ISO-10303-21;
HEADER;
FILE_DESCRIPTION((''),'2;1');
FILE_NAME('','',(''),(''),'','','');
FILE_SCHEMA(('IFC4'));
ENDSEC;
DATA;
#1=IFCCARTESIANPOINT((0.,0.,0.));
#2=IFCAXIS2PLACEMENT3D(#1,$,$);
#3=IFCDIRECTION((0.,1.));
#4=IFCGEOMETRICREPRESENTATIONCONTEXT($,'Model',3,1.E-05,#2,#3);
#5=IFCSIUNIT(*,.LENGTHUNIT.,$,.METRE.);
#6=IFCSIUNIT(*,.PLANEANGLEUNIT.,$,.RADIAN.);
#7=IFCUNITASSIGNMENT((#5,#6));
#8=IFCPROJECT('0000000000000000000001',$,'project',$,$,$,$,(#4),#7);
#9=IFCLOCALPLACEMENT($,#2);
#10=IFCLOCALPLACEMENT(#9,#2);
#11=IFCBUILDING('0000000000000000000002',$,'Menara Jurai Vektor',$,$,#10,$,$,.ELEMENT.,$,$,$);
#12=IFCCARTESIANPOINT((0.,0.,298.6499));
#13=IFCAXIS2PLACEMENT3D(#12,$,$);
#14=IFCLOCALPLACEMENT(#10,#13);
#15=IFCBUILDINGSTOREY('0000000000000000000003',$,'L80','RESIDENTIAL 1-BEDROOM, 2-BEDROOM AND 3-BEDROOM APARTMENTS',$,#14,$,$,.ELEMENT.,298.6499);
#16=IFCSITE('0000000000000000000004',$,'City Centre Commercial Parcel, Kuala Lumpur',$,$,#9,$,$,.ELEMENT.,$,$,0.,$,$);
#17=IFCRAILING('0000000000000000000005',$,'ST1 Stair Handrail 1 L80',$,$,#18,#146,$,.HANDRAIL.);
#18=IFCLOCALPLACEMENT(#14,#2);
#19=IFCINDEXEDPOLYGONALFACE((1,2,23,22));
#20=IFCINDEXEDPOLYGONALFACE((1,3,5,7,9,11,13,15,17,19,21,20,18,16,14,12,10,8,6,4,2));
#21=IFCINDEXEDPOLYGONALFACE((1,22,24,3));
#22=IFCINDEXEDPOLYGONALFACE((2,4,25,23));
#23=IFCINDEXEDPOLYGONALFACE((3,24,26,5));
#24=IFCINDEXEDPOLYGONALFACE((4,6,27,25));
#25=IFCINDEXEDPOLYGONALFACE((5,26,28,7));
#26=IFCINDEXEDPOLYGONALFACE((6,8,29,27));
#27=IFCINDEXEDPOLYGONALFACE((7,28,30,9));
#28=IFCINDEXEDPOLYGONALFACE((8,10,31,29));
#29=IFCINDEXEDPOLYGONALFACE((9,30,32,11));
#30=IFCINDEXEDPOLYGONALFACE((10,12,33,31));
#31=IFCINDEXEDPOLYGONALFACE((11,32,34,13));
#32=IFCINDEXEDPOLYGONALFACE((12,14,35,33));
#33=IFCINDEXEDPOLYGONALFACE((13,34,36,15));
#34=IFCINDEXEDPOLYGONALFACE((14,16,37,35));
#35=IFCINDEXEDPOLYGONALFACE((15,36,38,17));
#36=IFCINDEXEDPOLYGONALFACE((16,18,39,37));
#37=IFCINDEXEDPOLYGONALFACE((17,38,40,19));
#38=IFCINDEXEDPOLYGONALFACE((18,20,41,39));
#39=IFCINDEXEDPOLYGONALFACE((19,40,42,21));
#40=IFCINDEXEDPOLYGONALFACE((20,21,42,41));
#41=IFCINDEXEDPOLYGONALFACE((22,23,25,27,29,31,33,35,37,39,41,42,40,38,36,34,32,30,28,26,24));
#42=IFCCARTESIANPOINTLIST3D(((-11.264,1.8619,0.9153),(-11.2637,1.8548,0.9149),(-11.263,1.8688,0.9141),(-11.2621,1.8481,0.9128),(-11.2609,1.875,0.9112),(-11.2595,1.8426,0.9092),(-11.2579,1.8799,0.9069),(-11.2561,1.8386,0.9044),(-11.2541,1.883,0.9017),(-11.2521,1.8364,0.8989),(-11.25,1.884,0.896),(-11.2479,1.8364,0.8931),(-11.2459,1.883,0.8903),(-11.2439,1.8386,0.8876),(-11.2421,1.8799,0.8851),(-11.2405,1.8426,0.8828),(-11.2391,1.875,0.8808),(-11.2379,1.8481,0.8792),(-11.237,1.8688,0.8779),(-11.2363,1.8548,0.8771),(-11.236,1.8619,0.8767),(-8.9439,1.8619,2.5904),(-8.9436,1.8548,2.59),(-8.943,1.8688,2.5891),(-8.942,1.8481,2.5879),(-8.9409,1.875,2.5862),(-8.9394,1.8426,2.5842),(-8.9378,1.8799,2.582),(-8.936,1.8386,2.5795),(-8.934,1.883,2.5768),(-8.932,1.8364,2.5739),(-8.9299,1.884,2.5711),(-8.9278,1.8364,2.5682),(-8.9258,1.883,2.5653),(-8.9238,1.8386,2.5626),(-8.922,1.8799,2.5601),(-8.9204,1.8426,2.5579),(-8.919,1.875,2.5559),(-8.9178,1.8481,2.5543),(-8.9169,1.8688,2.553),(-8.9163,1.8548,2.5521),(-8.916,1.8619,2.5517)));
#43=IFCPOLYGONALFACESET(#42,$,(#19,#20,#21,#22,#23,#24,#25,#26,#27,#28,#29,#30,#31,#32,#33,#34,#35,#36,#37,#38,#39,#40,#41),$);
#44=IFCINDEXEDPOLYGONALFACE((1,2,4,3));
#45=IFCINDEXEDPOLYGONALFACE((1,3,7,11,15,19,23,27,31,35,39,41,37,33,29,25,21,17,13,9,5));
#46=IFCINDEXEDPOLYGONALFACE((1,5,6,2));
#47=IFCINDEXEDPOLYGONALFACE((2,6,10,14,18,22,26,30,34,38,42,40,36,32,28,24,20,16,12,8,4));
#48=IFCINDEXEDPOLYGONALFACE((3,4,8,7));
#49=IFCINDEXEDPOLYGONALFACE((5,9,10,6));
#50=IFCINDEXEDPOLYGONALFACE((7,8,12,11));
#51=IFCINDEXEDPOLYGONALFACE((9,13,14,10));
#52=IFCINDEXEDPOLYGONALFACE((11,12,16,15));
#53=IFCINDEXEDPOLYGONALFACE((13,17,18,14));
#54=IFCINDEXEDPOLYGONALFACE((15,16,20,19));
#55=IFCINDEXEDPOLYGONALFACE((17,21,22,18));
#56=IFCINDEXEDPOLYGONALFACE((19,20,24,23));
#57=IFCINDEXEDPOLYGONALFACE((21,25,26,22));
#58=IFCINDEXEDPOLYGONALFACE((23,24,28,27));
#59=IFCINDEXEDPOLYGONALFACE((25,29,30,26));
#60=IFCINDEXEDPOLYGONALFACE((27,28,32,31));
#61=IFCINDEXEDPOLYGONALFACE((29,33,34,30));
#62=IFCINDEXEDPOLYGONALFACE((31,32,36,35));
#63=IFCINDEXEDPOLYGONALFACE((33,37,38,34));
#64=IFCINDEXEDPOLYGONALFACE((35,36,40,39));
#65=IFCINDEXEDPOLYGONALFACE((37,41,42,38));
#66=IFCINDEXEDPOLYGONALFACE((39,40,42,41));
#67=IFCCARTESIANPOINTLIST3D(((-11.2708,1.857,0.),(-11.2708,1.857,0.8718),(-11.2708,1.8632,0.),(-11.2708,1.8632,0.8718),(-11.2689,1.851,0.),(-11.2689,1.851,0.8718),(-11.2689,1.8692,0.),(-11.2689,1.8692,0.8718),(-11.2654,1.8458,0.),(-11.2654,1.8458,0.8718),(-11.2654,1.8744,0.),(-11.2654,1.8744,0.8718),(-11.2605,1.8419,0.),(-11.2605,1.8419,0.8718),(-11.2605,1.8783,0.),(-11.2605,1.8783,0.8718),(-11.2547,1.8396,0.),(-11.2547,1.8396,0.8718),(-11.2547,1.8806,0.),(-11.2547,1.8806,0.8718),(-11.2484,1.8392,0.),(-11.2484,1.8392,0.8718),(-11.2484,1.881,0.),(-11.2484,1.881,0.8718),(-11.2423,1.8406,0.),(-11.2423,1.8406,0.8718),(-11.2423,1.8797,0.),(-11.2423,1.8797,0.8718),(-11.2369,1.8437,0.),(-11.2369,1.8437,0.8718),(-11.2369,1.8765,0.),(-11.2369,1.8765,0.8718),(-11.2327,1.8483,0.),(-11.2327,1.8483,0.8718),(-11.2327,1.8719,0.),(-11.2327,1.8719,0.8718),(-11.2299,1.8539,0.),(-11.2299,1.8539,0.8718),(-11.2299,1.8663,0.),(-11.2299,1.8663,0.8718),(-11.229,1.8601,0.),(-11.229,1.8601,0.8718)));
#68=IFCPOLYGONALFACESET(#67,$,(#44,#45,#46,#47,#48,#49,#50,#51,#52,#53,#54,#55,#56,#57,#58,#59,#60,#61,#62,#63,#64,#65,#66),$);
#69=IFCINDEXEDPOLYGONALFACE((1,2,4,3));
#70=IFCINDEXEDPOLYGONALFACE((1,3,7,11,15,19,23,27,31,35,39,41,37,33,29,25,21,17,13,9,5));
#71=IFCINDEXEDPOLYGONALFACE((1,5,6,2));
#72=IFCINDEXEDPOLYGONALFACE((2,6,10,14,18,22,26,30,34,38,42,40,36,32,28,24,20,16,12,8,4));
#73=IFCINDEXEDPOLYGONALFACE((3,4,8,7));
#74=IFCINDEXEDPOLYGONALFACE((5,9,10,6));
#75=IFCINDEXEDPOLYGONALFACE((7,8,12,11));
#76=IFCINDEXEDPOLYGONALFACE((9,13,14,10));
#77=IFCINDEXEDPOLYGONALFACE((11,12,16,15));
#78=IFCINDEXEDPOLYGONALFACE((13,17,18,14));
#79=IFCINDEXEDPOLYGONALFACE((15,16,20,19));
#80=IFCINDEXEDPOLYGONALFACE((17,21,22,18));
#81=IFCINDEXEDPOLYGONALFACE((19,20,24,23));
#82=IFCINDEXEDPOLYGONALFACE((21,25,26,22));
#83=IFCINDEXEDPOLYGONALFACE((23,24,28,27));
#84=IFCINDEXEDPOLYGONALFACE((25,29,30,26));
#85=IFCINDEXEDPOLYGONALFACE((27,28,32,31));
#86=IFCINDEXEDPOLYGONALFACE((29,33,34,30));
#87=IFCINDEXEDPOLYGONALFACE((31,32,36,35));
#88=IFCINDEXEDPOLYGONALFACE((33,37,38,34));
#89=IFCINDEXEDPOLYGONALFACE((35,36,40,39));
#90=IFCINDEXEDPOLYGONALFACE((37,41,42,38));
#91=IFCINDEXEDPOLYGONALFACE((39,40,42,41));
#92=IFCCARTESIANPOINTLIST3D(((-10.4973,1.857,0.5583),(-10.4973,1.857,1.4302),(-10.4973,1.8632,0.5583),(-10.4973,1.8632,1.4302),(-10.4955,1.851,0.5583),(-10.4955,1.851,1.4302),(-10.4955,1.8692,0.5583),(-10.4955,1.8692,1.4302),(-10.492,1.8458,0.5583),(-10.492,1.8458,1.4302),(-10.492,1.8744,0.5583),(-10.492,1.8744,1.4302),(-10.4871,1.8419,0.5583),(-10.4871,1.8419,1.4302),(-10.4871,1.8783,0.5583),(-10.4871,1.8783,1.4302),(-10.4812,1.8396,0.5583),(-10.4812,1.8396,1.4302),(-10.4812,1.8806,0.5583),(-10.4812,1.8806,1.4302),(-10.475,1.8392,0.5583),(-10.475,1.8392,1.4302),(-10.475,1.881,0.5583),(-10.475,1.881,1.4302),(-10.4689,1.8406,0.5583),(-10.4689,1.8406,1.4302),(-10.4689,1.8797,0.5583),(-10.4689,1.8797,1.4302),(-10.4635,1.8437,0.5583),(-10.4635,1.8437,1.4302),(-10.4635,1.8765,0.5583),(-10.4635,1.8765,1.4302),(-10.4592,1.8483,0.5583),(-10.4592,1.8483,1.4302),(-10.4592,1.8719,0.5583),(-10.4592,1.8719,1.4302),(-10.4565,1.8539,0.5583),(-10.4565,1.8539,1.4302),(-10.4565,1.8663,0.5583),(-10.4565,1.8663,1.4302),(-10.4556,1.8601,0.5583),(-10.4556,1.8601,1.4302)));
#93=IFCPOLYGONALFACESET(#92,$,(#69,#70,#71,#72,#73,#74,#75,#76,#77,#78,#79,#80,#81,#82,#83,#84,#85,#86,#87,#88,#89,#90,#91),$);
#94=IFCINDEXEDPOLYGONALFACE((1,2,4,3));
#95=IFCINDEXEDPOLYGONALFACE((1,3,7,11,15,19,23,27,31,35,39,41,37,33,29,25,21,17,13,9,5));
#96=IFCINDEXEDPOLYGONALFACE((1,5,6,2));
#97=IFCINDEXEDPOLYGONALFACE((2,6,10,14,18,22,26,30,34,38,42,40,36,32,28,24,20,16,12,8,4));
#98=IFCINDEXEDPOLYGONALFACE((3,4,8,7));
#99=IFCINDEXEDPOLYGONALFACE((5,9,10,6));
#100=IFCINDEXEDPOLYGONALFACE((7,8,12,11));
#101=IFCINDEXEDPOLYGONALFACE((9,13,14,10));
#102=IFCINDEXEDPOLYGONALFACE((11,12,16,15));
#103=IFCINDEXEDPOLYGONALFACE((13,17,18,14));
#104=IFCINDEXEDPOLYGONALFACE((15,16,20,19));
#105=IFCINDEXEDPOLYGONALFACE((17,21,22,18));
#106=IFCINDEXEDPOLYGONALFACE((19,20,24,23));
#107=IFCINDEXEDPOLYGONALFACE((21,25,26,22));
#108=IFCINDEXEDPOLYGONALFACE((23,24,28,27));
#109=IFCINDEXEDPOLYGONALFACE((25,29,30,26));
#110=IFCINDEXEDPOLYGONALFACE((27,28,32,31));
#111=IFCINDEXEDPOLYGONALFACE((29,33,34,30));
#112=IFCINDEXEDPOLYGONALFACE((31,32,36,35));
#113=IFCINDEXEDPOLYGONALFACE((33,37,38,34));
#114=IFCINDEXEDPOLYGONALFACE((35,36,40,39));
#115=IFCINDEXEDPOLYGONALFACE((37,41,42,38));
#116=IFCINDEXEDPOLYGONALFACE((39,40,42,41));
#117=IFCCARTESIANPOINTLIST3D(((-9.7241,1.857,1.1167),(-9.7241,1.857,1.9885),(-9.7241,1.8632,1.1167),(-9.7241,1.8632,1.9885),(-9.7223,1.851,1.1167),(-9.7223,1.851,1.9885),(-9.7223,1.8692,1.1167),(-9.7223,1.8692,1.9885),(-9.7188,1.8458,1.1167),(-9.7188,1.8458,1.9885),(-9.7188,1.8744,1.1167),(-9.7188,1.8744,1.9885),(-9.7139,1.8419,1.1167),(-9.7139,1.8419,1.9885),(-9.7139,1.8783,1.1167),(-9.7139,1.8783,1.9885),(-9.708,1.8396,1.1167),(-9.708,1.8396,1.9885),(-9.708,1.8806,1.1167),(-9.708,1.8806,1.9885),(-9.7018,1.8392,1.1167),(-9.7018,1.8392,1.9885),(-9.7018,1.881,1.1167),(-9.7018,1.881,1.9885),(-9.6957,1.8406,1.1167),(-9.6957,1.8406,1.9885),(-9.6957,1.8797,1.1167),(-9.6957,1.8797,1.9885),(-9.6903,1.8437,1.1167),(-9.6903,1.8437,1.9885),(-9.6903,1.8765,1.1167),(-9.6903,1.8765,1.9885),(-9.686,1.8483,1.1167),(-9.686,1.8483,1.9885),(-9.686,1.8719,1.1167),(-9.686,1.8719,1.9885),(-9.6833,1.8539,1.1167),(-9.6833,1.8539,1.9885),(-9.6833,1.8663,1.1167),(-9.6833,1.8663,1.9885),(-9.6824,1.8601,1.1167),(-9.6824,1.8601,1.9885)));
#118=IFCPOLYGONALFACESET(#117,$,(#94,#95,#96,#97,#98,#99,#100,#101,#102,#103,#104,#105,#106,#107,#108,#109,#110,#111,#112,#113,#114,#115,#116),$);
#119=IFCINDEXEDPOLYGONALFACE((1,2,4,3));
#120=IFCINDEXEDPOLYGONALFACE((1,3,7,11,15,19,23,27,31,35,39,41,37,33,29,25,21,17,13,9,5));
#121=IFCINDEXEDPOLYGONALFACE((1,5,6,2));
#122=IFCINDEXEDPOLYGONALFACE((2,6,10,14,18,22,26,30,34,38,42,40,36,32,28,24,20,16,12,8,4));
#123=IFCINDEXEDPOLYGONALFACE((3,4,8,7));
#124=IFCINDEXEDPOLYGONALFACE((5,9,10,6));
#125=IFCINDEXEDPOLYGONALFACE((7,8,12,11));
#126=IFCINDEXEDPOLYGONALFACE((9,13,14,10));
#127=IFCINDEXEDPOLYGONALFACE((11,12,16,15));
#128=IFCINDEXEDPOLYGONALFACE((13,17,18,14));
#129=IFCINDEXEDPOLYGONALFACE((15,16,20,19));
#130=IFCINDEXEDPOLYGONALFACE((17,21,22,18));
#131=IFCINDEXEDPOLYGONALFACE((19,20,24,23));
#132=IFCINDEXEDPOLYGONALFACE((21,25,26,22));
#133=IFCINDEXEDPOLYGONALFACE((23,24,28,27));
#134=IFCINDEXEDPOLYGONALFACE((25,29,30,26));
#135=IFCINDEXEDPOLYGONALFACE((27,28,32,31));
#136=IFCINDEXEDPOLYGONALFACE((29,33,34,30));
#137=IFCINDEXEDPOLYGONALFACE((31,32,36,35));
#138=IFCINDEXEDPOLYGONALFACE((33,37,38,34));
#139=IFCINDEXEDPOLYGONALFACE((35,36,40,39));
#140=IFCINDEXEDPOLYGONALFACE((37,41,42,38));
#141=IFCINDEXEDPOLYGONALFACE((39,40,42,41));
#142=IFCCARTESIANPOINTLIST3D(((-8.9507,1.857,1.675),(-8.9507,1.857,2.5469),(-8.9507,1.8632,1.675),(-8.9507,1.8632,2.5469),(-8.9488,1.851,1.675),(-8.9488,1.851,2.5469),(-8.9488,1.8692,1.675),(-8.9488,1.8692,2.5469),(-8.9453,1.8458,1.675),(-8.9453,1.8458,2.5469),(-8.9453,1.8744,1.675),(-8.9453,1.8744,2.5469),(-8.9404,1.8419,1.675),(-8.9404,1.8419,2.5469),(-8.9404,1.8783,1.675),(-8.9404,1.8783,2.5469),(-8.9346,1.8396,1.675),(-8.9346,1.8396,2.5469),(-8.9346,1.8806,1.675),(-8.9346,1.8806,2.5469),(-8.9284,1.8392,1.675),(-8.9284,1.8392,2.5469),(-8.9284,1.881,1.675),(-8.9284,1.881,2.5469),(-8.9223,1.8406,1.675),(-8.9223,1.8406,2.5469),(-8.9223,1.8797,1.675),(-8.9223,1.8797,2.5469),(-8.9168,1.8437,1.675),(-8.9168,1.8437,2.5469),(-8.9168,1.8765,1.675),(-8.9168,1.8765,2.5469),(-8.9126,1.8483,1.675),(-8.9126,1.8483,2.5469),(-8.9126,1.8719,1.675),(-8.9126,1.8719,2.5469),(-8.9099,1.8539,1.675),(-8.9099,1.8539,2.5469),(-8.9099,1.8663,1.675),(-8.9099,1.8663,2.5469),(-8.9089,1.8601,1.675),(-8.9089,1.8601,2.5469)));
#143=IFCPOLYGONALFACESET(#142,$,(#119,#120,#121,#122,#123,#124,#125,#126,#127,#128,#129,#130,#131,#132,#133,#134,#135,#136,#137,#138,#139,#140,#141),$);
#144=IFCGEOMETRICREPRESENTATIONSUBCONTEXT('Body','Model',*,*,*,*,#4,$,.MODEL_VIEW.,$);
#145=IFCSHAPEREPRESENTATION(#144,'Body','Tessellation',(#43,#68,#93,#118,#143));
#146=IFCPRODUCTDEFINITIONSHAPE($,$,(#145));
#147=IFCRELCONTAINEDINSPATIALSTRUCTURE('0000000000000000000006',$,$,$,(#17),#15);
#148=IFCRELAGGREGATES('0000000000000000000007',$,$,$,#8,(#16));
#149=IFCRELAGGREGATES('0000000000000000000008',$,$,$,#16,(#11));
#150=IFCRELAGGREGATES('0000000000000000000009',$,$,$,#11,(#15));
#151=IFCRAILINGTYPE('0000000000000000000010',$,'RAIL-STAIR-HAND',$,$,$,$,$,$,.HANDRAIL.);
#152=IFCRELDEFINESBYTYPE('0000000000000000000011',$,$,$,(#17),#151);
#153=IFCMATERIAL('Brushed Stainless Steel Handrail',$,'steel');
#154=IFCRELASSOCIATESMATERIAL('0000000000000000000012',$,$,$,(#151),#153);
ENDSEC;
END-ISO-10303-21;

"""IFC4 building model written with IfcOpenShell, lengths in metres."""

from ifc_helpers import new_model, si_unit, direction, frame, origin, origin_2d, place, context, subcontext, project, spatial, circle, extrude, material, type_object, element, save


model = new_model("IFC4")

# Units and contexts
model_context = context("Model", 3, precision=1e-05, world=origin(), true_north=direction((0.0, 1.0)))
body_context = subcontext(model_context, "Body", "Model", "MODEL_VIEW")
ifc_project = project(units=[si_unit("LENGTHUNIT", "METRE"), si_unit("PLANEANGLEUNIT", "RADIAN")], contexts=[model_context])

# Site, building, storey
site_placement = place(None, origin())
site = spatial("IfcSite", under=ifc_project, at=site_placement, Name="City Centre Commercial Parcel, Kuala Lumpur", CompositionType="ELEMENT", RefElevation=0.0)
building_placement = place(site_placement, origin())
building = spatial("IfcBuilding", under=site, at=building_placement, Name="Menara Jurai Vektor", CompositionType="ELEMENT")
storey_placement = place(building_placement, frame((0.0, 0.0, 298.6499)))
storey = spatial("IfcBuildingStorey", under=building, at=storey_placement, Name="L80", Description="RESIDENTIAL 1-BEDROOM, 2-BEDROOM AND 3-BEDROOM APARTMENTS", CompositionType="ELEMENT", Elevation=298.6499)

# Railing
ifc_material_1 = material(Name="Brushed Stainless Steel Handrail", Category="steel")
railing_type_1 = type_object("IfcRailingType", Name="RAIL-STAIR-HAND", PredefinedType="HANDRAIL", material=ifc_material_1)
railing_1_placement = place(storey_placement, frame((-11.25, 1.8601, 0.0)))
element("IfcRailing", 1, at=railing_1_placement, inside=storey, type_object=railing_type_1, Name="ST1 Stair Handrail 1 L80", PredefinedType="HANDRAIL", context=body_context, shape_type="SweptSolid", body=[
    extrude(circle(Radius=0.0239, at=origin_2d()), frame((0.0, 0.0, 0.896), z_axis=(0.810771, 0.0, 0.585363), x_axis=(0.0, 1.0, 0.0)), (0.0, 0.0, 1.0), 2.8616),
    extrude(circle(Radius=0.021, at=origin_2d()), origin(), (0.0, 0.0, 1.0), 0.8718),
    extrude(circle(Radius=0.021, at=origin_2d()), frame((0.7734, 0.0, 0.5583)), (0.0, 0.0, 1.0), 0.8718),
    extrude(circle(Radius=0.021, at=origin_2d()), frame((1.5466, 0.0, 1.1167)), (0.0, 0.0, 1.0), 0.8718),
    extrude(circle(Radius=0.021, at=origin_2d()), frame((2.3201, 0.0, 1.675)), (0.0, 0.0, 1.0), 0.8718),
])

save(model, "model.ifc")
